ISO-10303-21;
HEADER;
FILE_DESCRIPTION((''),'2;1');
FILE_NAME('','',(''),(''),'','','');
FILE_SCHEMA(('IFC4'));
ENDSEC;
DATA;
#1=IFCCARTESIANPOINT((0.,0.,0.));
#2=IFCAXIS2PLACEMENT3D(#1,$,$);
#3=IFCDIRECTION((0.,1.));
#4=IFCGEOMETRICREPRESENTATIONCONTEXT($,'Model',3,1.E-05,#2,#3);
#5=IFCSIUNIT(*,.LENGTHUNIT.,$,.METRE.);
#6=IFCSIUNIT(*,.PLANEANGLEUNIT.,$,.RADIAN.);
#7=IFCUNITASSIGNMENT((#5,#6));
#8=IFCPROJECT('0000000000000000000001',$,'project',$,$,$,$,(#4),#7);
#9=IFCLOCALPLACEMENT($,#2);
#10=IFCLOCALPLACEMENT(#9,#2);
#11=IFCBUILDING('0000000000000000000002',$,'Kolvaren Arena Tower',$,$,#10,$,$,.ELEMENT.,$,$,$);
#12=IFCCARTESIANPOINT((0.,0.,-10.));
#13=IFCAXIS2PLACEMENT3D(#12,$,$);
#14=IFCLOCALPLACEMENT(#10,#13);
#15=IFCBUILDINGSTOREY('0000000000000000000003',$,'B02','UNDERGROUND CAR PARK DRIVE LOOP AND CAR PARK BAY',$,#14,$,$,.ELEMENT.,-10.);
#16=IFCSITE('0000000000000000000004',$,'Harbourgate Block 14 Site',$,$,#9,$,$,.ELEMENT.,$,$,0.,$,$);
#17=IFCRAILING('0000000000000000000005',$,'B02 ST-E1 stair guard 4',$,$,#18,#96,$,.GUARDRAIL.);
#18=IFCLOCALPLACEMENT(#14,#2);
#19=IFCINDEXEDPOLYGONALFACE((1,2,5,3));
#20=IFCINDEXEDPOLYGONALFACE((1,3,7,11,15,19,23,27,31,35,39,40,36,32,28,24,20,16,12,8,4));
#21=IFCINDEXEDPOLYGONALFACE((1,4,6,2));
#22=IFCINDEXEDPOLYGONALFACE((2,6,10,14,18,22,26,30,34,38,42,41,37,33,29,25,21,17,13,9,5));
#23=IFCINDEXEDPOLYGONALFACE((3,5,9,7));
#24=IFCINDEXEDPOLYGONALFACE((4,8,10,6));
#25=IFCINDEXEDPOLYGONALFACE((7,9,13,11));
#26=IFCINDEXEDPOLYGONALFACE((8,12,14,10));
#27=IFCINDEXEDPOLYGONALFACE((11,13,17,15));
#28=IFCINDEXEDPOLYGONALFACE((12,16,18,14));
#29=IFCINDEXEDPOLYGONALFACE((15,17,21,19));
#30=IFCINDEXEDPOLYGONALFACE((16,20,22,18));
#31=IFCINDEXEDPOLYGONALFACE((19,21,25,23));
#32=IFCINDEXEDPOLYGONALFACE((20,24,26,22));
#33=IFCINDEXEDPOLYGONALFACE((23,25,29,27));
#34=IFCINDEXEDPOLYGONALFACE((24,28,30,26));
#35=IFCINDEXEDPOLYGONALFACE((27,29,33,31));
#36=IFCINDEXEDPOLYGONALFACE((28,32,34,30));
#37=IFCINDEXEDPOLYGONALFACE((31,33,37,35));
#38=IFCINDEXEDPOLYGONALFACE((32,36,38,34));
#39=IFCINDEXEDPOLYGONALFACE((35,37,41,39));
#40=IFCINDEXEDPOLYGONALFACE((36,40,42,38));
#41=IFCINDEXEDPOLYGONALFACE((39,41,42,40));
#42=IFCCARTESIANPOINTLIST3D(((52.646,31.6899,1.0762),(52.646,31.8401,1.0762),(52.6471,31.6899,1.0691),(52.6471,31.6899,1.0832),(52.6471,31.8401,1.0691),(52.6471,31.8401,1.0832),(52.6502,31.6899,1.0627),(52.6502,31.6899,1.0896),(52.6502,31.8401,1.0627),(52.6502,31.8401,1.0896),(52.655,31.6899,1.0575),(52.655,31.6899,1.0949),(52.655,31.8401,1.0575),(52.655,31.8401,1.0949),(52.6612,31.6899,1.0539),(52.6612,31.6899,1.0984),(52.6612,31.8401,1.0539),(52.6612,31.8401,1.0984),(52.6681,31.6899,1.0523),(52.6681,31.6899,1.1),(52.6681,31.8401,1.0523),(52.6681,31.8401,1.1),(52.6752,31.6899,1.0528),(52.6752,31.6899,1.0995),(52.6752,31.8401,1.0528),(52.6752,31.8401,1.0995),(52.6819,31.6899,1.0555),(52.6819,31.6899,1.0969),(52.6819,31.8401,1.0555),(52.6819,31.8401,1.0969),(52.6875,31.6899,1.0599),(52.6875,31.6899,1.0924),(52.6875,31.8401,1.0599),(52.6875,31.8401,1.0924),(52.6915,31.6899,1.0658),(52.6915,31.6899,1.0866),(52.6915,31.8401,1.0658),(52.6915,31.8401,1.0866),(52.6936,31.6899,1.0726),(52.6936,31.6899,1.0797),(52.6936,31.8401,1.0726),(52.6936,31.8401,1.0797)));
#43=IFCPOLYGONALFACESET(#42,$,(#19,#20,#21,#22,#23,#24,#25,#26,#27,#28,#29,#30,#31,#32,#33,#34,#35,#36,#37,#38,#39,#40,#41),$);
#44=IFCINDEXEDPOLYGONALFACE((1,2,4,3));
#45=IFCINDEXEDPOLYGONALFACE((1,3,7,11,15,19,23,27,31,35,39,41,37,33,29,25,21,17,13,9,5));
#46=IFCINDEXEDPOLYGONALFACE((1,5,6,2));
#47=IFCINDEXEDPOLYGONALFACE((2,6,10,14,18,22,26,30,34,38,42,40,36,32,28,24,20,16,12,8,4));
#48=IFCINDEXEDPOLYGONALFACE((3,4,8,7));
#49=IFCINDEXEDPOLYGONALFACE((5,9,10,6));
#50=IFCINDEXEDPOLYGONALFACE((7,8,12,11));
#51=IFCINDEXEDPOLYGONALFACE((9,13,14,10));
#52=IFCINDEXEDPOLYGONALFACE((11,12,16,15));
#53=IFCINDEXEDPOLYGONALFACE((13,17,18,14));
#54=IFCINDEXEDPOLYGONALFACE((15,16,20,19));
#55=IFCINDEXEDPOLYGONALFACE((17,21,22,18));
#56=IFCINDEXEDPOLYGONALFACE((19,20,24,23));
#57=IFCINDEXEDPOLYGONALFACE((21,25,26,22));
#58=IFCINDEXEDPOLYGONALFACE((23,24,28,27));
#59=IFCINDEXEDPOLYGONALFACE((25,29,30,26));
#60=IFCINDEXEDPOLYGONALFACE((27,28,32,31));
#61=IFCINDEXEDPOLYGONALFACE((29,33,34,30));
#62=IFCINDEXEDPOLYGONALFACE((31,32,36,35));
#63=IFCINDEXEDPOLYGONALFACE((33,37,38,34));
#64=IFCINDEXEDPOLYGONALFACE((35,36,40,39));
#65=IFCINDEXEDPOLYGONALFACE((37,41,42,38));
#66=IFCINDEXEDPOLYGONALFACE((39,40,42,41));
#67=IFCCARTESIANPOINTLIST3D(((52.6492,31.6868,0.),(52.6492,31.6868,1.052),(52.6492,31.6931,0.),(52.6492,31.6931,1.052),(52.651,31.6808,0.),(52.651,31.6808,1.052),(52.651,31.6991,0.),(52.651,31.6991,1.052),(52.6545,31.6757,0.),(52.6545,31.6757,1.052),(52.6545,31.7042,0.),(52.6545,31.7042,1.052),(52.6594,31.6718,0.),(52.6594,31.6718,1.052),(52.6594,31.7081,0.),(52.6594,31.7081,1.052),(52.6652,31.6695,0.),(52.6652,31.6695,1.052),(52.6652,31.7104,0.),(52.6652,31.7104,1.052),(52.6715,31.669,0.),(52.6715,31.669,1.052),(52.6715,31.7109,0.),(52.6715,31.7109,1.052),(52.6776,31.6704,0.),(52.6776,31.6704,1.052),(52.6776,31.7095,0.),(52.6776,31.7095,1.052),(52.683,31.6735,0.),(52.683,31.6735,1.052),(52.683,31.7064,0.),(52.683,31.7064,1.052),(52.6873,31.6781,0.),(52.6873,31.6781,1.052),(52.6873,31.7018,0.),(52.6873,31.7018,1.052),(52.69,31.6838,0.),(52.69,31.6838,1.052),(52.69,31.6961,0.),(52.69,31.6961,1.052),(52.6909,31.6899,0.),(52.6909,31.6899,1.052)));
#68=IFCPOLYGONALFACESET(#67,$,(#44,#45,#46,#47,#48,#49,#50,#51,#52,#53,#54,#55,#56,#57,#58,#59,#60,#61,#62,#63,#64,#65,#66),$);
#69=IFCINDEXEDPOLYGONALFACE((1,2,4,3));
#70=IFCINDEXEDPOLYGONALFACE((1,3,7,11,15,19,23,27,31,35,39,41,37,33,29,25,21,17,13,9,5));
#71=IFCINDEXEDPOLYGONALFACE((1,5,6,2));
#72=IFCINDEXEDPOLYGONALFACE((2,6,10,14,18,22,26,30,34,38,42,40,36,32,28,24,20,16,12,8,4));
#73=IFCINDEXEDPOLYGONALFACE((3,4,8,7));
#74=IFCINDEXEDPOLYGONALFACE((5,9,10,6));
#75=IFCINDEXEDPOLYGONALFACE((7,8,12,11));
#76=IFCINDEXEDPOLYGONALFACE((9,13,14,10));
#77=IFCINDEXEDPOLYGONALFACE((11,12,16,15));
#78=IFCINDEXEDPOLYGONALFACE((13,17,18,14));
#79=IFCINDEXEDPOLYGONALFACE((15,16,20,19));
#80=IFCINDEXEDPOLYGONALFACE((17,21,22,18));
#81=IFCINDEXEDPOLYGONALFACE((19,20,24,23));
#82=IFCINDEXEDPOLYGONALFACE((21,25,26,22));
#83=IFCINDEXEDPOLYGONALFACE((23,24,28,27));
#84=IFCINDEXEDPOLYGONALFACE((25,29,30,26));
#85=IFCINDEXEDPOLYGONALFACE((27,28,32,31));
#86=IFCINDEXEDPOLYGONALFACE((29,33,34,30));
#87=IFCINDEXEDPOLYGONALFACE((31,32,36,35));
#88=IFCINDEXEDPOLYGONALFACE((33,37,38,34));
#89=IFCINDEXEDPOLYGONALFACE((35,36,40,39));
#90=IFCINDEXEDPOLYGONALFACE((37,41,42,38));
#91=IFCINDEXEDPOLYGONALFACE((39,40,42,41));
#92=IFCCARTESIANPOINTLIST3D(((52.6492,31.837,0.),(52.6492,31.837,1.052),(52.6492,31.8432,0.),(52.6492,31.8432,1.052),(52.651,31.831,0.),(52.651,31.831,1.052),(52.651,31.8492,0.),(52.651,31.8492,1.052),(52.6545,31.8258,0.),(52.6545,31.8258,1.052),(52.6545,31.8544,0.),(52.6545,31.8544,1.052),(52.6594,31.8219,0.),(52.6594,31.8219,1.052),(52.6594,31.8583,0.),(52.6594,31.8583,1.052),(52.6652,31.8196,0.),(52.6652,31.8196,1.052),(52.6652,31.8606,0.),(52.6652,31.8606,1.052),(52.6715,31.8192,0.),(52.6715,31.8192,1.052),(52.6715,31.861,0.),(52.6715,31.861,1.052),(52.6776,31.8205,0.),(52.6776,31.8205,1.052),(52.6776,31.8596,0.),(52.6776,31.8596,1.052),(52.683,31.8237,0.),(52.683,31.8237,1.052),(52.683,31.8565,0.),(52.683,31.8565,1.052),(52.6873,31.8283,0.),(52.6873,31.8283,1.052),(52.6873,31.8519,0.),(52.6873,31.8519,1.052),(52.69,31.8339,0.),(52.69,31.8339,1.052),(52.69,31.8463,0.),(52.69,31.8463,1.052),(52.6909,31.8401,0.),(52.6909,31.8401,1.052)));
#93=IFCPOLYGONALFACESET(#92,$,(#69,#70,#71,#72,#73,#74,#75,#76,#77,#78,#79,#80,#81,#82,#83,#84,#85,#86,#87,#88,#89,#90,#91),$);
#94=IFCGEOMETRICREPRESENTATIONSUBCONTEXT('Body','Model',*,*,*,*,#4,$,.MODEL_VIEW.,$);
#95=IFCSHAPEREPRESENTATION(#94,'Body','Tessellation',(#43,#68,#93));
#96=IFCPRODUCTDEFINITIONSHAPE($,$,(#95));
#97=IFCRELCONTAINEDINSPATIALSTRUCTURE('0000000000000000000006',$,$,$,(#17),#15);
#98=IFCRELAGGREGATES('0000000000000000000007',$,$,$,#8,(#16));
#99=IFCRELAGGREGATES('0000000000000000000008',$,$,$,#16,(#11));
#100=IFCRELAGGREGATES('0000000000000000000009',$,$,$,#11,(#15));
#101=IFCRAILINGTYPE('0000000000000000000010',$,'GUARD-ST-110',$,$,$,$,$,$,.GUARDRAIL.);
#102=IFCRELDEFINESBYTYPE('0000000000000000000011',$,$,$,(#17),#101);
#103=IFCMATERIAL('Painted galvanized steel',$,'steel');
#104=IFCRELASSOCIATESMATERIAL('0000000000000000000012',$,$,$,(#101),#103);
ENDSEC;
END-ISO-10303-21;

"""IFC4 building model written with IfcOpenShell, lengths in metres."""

from ifc_helpers import new_model, si_unit, direction, frame, origin, origin_2d, place, context, subcontext, project, spatial, circle, extrude, material, type_object, element, save


model = new_model("IFC4")

# Units and contexts
model_context = context("Model", 3, precision=1e-05, world=origin(), true_north=direction((0.0, 1.0)))
body_context = subcontext(model_context, "Body", "Model", "MODEL_VIEW")
ifc_project = project(units=[si_unit("LENGTHUNIT", "METRE"), si_unit("PLANEANGLEUNIT", "RADIAN")], contexts=[model_context])

# Site, building, storey
site_placement = place(None, origin())
site = spatial("IfcSite", under=ifc_project, at=site_placement, Name="Harbourgate Block 14 Site", CompositionType="ELEMENT", RefElevation=0.0)
building_placement = place(site_placement, origin())
building = spatial("IfcBuilding", under=site, at=building_placement, Name="Kolvaren Arena Tower", CompositionType="ELEMENT")
storey_placement = place(building_placement, frame((0.0, 0.0, -10.0)))
storey = spatial("IfcBuildingStorey", under=building, at=storey_placement, Name="B02", Description="UNDERGROUND CAR PARK DRIVE LOOP AND CAR PARK BAY", CompositionType="ELEMENT", Elevation=-10.0)

# Railing
ifc_material_1 = material(Name="Painted galvanized steel", Category="steel")
railing_type_1 = type_object("IfcRailingType", Name="GUARD-ST-110", PredefinedType="GUARDRAIL", material=ifc_material_1)
railing_1_placement = place(storey_placement, frame((52.6699, 31.6899, 0.0)))
element("IfcRailing", 1, at=railing_1_placement, inside=storey, type_object=railing_type_1, Name="B02 ST-E1 stair guard 4", PredefinedType="GUARDRAIL", context=body_context, shape_type="SweptSolid", body=[
    extrude(circle(Radius=0.0239, at=origin_2d()), frame((0.0, 0.0, 1.0762), z_axis=(0.0, 1.0, 0.0), x_axis=(-1.0, 0.0, 0.0)), (0.0, 0.0, 1.0), 0.1501),
    extrude(circle(Radius=0.021, at=origin_2d()), origin(), (0.0, 0.0, 1.0), 1.052),
    extrude(circle(Radius=0.021, at=origin_2d()), frame((0.0, 0.1501, 0.0)), (0.0, 0.0, 1.0), 1.052),
])

save(model, "model.ifc")
